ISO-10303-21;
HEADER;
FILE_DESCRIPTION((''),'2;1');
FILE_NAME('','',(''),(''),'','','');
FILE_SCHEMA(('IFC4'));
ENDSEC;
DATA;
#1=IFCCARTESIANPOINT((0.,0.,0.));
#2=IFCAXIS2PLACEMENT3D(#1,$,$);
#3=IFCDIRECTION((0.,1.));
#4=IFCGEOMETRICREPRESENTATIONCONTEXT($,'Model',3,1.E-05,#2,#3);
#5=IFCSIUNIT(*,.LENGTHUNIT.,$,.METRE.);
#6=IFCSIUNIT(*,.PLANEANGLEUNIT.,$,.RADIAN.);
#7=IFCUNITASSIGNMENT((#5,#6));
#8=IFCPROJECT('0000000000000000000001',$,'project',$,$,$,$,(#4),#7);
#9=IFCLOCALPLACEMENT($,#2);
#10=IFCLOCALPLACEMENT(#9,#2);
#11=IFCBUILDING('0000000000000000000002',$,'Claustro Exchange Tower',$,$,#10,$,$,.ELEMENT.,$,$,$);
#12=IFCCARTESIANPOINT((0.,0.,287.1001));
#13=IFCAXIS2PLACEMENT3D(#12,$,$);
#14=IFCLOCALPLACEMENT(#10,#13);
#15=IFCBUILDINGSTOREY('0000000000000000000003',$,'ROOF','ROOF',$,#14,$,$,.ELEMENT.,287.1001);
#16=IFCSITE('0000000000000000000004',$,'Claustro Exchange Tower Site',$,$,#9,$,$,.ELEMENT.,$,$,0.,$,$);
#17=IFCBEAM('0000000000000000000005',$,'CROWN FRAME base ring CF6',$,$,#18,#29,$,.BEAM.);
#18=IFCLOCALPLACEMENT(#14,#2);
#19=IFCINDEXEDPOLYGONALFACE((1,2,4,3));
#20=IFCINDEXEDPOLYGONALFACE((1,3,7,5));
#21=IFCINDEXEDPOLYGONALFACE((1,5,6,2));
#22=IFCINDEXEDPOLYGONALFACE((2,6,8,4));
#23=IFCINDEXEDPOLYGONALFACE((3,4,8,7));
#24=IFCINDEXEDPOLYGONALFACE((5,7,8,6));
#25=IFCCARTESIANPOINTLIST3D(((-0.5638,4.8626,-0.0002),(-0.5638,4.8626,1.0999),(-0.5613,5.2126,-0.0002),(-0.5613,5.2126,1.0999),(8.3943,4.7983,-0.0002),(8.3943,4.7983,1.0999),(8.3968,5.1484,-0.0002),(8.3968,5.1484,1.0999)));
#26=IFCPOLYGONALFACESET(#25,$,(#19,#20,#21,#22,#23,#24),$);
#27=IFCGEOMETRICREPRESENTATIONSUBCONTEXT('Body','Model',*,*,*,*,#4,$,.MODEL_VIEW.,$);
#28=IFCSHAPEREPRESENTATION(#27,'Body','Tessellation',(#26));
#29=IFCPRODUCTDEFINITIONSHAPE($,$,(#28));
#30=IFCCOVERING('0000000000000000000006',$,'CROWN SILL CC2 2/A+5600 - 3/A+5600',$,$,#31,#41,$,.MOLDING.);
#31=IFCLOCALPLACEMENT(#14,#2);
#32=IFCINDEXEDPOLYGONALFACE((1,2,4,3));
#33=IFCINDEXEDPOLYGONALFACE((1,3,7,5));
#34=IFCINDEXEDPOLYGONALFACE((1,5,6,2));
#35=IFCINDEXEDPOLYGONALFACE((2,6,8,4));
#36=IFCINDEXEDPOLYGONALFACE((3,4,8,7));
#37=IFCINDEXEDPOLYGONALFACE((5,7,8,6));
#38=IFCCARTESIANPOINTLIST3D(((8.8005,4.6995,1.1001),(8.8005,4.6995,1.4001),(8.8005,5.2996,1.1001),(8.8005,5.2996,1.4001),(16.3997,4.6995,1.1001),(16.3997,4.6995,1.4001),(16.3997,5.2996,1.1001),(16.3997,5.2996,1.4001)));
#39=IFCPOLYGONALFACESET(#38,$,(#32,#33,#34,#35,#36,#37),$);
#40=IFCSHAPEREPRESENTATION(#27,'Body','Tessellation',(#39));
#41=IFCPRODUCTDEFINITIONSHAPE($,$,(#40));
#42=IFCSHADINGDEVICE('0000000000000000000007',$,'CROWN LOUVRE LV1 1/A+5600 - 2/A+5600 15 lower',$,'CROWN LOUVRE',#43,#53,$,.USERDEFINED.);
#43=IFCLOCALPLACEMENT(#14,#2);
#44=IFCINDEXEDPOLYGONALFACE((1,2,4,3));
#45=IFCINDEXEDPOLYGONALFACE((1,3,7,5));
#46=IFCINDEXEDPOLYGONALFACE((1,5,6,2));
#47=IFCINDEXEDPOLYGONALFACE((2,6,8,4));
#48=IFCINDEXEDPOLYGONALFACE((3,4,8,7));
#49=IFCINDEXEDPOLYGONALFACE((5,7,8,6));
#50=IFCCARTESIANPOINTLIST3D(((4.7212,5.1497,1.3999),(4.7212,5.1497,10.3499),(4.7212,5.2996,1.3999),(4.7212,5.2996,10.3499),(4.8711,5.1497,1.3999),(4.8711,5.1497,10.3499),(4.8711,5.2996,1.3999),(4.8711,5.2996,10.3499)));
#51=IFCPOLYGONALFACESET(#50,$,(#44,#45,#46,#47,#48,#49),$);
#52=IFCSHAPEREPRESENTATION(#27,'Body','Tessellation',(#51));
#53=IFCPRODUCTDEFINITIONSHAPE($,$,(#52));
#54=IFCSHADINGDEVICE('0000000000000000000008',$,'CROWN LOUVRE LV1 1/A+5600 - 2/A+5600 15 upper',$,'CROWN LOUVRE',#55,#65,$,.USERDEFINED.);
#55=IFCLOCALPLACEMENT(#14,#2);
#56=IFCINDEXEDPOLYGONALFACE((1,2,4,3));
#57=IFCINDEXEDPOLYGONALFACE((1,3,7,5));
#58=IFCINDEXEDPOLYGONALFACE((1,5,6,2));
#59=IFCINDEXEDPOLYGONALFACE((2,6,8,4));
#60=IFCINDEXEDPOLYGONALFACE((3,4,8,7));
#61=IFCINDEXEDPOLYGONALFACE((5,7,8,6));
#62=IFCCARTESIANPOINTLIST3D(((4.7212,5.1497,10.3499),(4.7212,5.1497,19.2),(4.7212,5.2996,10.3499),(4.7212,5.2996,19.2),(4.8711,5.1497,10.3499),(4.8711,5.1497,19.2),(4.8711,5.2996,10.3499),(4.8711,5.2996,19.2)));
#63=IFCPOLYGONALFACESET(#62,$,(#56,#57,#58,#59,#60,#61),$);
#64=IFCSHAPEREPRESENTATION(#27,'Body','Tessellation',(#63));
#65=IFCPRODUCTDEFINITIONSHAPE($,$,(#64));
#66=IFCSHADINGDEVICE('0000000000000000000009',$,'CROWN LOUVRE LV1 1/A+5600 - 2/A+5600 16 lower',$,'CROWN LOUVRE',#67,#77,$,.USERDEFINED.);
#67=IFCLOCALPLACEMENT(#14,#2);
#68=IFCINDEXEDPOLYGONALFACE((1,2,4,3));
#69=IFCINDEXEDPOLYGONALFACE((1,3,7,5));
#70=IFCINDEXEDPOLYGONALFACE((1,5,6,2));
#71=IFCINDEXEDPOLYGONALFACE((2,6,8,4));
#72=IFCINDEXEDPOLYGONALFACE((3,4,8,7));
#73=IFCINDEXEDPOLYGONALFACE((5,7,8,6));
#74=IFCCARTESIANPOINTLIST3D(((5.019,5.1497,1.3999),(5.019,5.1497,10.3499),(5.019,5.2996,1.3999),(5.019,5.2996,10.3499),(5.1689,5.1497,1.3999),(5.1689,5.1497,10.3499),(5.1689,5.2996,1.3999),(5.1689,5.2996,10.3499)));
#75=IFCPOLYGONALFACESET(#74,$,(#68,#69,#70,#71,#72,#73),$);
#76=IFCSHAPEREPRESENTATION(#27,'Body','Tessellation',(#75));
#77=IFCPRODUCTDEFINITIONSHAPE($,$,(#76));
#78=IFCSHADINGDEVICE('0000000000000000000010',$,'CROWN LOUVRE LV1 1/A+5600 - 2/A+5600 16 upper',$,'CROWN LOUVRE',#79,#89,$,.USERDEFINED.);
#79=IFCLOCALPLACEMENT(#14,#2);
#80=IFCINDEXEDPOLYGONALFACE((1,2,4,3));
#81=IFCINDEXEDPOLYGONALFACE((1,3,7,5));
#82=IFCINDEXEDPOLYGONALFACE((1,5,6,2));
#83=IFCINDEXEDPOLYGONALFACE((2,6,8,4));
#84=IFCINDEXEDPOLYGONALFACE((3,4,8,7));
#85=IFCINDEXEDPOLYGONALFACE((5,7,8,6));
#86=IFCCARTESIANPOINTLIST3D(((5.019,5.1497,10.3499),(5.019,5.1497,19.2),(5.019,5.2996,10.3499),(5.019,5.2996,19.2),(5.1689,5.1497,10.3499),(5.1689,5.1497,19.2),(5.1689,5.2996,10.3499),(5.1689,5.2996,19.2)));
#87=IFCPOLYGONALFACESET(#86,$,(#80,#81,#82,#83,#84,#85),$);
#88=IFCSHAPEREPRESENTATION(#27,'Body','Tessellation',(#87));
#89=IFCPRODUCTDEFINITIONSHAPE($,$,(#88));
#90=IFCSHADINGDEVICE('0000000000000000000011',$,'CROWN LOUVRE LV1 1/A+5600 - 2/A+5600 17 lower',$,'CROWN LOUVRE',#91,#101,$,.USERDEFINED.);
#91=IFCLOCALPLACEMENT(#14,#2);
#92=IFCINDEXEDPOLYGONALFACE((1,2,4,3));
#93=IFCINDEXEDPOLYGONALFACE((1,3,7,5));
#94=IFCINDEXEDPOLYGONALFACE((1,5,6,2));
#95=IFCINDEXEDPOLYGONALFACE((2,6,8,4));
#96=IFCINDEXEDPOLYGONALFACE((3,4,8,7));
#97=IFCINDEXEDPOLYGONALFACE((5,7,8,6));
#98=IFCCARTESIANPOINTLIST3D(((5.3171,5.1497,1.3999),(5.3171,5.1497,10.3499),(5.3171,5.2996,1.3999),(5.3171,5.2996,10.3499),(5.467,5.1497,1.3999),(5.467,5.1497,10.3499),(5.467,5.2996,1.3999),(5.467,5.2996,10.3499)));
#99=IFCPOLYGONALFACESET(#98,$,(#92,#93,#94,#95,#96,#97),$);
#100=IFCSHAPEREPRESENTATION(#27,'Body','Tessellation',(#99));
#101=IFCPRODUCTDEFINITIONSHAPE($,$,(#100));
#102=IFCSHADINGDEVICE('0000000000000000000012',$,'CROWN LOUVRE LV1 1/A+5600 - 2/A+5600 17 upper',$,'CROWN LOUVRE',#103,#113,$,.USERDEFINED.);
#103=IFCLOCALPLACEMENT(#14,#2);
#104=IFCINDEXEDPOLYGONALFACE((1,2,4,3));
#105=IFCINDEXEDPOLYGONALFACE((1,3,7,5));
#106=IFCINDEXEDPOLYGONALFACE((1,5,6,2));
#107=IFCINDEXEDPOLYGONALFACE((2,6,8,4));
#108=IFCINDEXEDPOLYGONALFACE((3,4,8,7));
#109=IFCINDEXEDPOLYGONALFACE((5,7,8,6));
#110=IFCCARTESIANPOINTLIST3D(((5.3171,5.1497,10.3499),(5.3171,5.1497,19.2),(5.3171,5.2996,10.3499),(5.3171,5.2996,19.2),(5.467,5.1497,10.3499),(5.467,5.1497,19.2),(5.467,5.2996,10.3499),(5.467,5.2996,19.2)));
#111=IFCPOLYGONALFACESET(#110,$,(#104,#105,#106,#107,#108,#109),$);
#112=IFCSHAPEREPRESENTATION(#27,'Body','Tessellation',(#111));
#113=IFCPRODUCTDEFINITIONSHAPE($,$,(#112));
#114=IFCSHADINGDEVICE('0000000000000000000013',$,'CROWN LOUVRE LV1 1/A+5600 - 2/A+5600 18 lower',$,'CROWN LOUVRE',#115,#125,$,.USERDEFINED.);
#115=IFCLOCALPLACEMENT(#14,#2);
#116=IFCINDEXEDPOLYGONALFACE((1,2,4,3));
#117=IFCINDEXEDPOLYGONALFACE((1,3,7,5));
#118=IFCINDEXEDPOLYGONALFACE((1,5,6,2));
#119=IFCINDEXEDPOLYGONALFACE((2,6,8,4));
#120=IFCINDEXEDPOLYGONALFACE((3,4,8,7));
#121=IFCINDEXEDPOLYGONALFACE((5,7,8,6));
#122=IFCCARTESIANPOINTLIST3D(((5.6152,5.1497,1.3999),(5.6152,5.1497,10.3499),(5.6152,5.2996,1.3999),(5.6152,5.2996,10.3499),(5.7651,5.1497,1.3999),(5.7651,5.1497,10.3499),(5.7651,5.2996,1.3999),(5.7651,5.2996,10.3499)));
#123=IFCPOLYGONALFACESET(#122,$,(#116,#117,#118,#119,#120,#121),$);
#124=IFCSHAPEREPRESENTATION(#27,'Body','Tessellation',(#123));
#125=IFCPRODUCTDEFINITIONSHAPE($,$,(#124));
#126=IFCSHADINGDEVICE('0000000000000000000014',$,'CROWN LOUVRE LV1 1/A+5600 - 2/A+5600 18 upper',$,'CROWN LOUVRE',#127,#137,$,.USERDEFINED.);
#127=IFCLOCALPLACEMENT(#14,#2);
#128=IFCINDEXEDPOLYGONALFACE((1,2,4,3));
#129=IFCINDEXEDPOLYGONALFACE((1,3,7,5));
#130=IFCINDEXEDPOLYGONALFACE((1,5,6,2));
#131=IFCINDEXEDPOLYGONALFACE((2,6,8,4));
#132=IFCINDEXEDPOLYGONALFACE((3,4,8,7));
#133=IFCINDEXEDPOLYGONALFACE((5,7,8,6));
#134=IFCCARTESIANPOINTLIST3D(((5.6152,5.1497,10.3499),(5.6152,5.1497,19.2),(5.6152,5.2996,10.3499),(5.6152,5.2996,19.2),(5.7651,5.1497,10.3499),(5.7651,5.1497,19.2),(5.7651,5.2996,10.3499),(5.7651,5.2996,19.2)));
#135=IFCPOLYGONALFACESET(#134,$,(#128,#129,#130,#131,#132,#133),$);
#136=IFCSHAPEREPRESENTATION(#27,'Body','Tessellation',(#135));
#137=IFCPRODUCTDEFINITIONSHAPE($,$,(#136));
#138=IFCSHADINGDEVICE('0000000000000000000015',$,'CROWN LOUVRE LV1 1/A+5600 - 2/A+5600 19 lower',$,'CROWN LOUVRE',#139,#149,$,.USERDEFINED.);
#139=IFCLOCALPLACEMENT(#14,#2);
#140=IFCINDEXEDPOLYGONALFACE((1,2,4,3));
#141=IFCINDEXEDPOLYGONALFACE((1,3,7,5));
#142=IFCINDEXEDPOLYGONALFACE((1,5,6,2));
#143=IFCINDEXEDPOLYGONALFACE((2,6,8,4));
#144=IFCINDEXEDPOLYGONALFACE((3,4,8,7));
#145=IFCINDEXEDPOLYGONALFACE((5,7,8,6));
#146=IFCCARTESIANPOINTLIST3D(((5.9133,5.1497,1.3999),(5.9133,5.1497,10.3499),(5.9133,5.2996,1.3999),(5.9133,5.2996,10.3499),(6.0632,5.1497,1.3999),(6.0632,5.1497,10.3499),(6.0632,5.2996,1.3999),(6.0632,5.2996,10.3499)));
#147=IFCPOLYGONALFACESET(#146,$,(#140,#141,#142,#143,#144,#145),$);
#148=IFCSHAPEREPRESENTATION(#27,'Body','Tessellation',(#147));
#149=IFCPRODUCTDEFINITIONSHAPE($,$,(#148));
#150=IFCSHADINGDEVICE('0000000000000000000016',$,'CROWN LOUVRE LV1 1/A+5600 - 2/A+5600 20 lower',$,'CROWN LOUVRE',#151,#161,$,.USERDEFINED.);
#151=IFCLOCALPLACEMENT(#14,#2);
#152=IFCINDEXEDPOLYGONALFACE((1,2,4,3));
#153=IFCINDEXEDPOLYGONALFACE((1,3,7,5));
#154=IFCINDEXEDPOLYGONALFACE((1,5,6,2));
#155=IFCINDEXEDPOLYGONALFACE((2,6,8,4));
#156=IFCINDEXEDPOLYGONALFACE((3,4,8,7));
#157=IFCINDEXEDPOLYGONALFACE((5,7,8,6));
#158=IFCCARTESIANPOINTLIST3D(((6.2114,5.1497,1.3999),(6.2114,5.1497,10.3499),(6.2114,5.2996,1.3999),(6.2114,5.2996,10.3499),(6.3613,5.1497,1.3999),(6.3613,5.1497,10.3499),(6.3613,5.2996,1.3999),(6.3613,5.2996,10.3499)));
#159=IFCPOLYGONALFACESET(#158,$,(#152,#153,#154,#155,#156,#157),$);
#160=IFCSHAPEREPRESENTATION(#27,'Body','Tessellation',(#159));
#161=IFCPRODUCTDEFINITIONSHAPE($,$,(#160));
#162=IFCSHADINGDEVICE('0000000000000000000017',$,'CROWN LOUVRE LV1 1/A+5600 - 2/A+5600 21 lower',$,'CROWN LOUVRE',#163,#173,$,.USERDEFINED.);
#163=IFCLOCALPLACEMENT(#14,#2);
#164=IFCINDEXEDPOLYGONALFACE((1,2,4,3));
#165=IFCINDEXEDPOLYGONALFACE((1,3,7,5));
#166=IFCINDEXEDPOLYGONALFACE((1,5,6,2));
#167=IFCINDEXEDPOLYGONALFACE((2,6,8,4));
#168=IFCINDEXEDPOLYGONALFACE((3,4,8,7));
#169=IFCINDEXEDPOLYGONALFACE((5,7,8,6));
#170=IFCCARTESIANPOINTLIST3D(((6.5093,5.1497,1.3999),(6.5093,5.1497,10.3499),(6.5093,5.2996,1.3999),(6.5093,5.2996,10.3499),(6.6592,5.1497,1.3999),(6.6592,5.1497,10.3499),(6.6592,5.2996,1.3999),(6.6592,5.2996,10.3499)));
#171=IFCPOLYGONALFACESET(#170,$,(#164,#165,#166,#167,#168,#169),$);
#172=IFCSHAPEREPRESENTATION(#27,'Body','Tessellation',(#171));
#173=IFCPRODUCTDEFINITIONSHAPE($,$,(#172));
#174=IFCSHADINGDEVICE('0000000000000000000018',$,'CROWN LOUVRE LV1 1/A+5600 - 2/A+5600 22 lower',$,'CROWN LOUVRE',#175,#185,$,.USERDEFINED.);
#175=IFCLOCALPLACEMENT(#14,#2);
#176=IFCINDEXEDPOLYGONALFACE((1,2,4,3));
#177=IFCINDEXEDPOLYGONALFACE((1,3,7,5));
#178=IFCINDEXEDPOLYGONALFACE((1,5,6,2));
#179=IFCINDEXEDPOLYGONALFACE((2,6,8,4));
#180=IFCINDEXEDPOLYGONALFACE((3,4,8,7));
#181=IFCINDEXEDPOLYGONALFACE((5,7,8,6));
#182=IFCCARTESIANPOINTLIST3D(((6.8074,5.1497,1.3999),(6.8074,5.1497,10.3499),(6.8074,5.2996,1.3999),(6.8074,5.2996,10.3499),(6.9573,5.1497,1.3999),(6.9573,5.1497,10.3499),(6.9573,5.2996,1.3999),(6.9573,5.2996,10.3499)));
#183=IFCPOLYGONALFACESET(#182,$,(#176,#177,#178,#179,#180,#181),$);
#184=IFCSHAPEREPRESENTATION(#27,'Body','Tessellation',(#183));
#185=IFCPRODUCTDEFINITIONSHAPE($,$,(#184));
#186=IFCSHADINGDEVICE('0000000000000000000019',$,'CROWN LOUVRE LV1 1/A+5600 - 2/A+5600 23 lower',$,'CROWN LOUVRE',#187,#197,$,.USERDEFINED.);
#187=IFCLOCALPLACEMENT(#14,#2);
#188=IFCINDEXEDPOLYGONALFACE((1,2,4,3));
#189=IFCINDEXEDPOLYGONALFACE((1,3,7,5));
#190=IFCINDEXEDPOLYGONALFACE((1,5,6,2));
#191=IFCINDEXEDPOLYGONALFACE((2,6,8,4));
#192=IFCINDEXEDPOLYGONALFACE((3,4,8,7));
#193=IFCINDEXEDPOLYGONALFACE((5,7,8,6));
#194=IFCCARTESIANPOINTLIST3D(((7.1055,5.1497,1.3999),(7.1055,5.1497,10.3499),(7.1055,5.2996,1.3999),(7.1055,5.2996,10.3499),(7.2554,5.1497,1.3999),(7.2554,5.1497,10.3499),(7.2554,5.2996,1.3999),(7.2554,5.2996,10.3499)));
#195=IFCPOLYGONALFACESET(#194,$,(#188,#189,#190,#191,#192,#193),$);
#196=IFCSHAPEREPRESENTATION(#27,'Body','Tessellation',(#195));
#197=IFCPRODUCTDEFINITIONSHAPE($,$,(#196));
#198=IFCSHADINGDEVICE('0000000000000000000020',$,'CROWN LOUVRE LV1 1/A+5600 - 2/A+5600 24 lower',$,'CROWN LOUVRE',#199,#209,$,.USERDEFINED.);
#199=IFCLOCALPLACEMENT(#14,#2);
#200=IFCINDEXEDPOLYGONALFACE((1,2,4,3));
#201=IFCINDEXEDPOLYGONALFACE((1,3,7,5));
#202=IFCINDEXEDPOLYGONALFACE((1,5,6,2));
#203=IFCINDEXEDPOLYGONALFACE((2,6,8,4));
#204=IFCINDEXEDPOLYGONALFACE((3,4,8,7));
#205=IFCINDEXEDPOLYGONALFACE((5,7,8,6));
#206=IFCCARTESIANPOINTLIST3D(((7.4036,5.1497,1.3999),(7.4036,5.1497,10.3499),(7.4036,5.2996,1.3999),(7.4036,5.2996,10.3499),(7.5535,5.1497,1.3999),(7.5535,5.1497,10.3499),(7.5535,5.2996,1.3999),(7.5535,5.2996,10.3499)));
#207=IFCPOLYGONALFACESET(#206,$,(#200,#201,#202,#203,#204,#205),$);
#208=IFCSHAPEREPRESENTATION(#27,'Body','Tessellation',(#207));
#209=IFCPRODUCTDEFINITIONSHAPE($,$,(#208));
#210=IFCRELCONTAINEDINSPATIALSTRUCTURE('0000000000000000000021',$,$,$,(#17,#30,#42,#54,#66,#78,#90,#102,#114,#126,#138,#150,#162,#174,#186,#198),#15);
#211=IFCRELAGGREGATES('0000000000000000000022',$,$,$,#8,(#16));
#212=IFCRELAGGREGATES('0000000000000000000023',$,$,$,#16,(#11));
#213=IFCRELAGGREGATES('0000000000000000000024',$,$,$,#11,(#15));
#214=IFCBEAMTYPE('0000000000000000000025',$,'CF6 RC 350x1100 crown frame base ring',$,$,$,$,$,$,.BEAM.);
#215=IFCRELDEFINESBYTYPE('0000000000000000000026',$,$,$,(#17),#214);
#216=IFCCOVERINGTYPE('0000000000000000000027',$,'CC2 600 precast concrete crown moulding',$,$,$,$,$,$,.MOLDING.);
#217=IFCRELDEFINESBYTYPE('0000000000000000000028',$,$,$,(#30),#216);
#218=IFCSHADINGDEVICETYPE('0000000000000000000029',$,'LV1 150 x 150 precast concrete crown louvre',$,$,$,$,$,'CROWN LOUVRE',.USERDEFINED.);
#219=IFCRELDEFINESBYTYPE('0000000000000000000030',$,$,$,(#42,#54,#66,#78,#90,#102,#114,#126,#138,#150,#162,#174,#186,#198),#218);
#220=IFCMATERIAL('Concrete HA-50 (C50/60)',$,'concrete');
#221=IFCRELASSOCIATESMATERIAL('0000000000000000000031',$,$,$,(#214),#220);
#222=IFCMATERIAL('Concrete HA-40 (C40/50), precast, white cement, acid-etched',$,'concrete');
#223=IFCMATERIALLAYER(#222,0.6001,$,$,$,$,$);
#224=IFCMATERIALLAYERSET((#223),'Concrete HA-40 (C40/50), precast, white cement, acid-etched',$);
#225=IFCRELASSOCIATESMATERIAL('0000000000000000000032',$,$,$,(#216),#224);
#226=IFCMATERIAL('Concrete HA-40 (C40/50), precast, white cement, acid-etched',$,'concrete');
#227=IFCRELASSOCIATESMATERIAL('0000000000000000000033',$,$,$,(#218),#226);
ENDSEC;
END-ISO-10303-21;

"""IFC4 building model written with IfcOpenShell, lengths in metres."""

from ifc_helpers import new_model, si_unit, direction, frame, origin, origin_2d, place, context, subcontext, project, spatial, rectangle, extrude, material, layer, layer_set, material_profile, profile_set, type_object, element, save


model = new_model("IFC4")

# Units and contexts
model_context = context("Model", 3, precision=1e-05, world=origin(), true_north=direction((0.0, 1.0)))
body_context = subcontext(model_context, "Body", "Model", "MODEL_VIEW")
ifc_project = project(units=[si_unit("LENGTHUNIT", "METRE"), si_unit("PLANEANGLEUNIT", "RADIAN")], contexts=[model_context])

# Site, building, storey
site_placement = place(None, origin())
site = spatial("IfcSite", under=ifc_project, at=site_placement, Name="Claustro Exchange Tower Site", CompositionType="ELEMENT", RefElevation=0.0)
building_placement = place(site_placement, origin())
building = spatial("IfcBuilding", under=site, at=building_placement, Name="Claustro Exchange Tower", CompositionType="ELEMENT")
storey_placement = place(building_placement, frame((0.0, 0.0, 287.1001)))
storey = spatial("IfcBuildingStorey", under=building, at=storey_placement, Name="ROOF", Description="ROOF", CompositionType="ELEMENT", Elevation=287.1001)

# Beam
ifc_material_1 = material(Name="Concrete HA-50 (C50/60)", Category="concrete")
ifc_material_profile = material_profile(ifc_material_1, rectangle(XDim=0.3501, YDim=1.1001, at=origin_2d()), Name="RC 350x1100")
ifc_profile_set = profile_set([ifc_material_profile], Name="Concrete HA-50 (C50/60)")
beam_type = type_object("IfcBeamType", Name="CF6 RC 350x1100 crown frame base ring", PredefinedType="BEAM", material=ifc_profile_set)
beam_placement = place(storey_placement, frame((8.3955, 4.9734, 0.5498), z_axis=(-0.999974, 0.007168, 0.0), x_axis=(-0.007168, -0.999974, 0.0)))
element("IfcBeam", 1, at=beam_placement, inside=storey, type_object=beam_type, Name="CROWN FRAME base ring CF6", PredefinedType="BEAM", context=body_context, shape_type="SweptSolid", body=[
    extrude(rectangle(XDim=0.3501, YDim=1.1001, at=origin_2d()), origin(), (0.0, 0.0, 1.0), 8.9583),
])

# Covering
ifc_material_2 = material(Name="Concrete HA-40 (C40/50), precast, white cement, acid-etched", Category="concrete")
ifc_layer = layer(ifc_material_2, 0.6001)
ifc_layer_set = layer_set([ifc_layer], Name="Concrete HA-40 (C40/50), precast, white cement, acid-etched")
covering_type = type_object("IfcCoveringType", Name="CC2 600 precast concrete crown moulding", PredefinedType="MOLDING", material=ifc_layer_set)
covering_placement = place(storey_placement, frame((12.6001, 4.9995, 1.1001), z_axis=(0.0, 0.0, 1.0), x_axis=(1.0, 0.0, 0.0)))
element("IfcCovering", 2, at=covering_placement, inside=storey, type_object=covering_type, Name="CROWN SILL CC2 2/A+5600 - 3/A+5600", PredefinedType="MOLDING", context=body_context, shape_type="SweptSolid", body=[
    extrude(rectangle(XDim=7.5991, YDim=0.6001, at=origin_2d()), origin(), (0.0, 0.0, 1.0), 0.3),
])

# Shading devices
ifc_material_3 = material(Name="Concrete HA-40 (C40/50), precast, white cement, acid-etched", Category="concrete")
shading_device_type = type_object("IfcShadingDeviceType", Name="LV1 150 x 150 precast concrete crown louvre", ElementType="CROWN LOUVRE", PredefinedType="USERDEFINED", material=ifc_material_3)
shading_device_1_placement = place(storey_placement, frame((4.7961, 5.2246, 1.3999), z_axis=(0.0, 0.0, 1.0), x_axis=(1.0, 0.0, 0.0)))
element("IfcShadingDevice", 3, at=shading_device_1_placement, inside=storey, type_object=shading_device_type, Name="CROWN LOUVRE LV1 1/A+5600 - 2/A+5600 15 lower", ObjectType="CROWN LOUVRE", PredefinedType="USERDEFINED", context=body_context, shape_type="SweptSolid", body=[
    extrude(rectangle(XDim=0.1499, YDim=0.1499, at=origin_2d()), origin(), (0.0, 0.0, 1.0), 8.95),
])
shading_device_2_placement = place(storey_placement, frame((4.7961, 5.2246, 10.3499), z_axis=(0.0, 0.0, 1.0), x_axis=(1.0, 0.0, 0.0)))
element("IfcShadingDevice", 4, at=shading_device_2_placement, inside=storey, type_object=shading_device_type, Name="CROWN LOUVRE LV1 1/A+5600 - 2/A+5600 15 upper", ObjectType="CROWN LOUVRE", PredefinedType="USERDEFINED", context=body_context, shape_type="SweptSolid", body=[
    extrude(rectangle(XDim=0.1499, YDim=0.1499, at=origin_2d()), origin(), (0.0, 0.0, 1.0), 8.8501),
])
shading_device_3_placement = place(storey_placement, frame((5.094, 5.2246, 1.3999), z_axis=(0.0, 0.0, 1.0), x_axis=(1.0, 0.0, 0.0)))
element("IfcShadingDevice", 5, at=shading_device_3_placement, inside=storey, type_object=shading_device_type, Name="CROWN LOUVRE LV1 1/A+5600 - 2/A+5600 16 lower", ObjectType="CROWN LOUVRE", PredefinedType="USERDEFINED", context=body_context, shape_type="SweptSolid", body=[
    extrude(rectangle(XDim=0.1499, YDim=0.1499, at=origin_2d()), origin(), (0.0, 0.0, 1.0), 8.95),
])
shading_device_4_placement = place(storey_placement, frame((5.094, 5.2246, 10.3499), z_axis=(0.0, 0.0, 1.0), x_axis=(1.0, 0.0, 0.0)))
element("IfcShadingDevice", 6, at=shading_device_4_placement, inside=storey, type_object=shading_device_type, Name="CROWN LOUVRE LV1 1/A+5600 - 2/A+5600 16 upper", ObjectType="CROWN LOUVRE", PredefinedType="USERDEFINED", context=body_context, shape_type="SweptSolid", body=[
    extrude(rectangle(XDim=0.1499, YDim=0.1499, at=origin_2d()), origin(), (0.0, 0.0, 1.0), 8.8501),
])
shading_device_5_placement = place(storey_placement, frame((5.3921, 5.2246, 1.3999), z_axis=(0.0, 0.0, 1.0), x_axis=(1.0, 0.0, 0.0)))
element("IfcShadingDevice", 7, at=shading_device_5_placement, inside=storey, type_object=shading_device_type, Name="CROWN LOUVRE LV1 1/A+5600 - 2/A+5600 17 lower", ObjectType="CROWN LOUVRE", PredefinedType="USERDEFINED", context=body_context, shape_type="SweptSolid", body=[
    extrude(rectangle(XDim=0.1499, YDim=0.1499, at=origin_2d()), origin(), (0.0, 0.0, 1.0), 8.95),
])
shading_device_6_placement = place(storey_placement, frame((5.3921, 5.2246, 10.3499), z_axis=(0.0, 0.0, 1.0), x_axis=(1.0, 0.0, 0.0)))
element("IfcShadingDevice", 8, at=shading_device_6_placement, inside=storey, type_object=shading_device_type, Name="CROWN LOUVRE LV1 1/A+5600 - 2/A+5600 17 upper", ObjectType="CROWN LOUVRE", PredefinedType="USERDEFINED", context=body_context, shape_type="SweptSolid", body=[
    extrude(rectangle(XDim=0.1499, YDim=0.1499, at=origin_2d()), origin(), (0.0, 0.0, 1.0), 8.8501),
])
shading_device_7_placement = place(storey_placement, frame((5.6902, 5.2246, 1.3999), z_axis=(0.0, 0.0, 1.0), x_axis=(1.0, 0.0, 0.0)))
element("IfcShadingDevice", 9, at=shading_device_7_placement, inside=storey, type_object=shading_device_type, Name="CROWN LOUVRE LV1 1/A+5600 - 2/A+5600 18 lower", ObjectType="CROWN LOUVRE", PredefinedType="USERDEFINED", context=body_context, shape_type="SweptSolid", body=[
    extrude(rectangle(XDim=0.1499, YDim=0.1499, at=origin_2d()), origin(), (0.0, 0.0, 1.0), 8.95),
])
shading_device_8_placement = place(storey_placement, frame((5.6902, 5.2246, 10.3499), z_axis=(0.0, 0.0, 1.0), x_axis=(1.0, 0.0, 0.0)))
element("IfcShadingDevice", 10, at=shading_device_8_placement, inside=storey, type_object=shading_device_type, Name="CROWN LOUVRE LV1 1/A+5600 - 2/A+5600 18 upper", ObjectType="CROWN LOUVRE", PredefinedType="USERDEFINED", context=body_context, shape_type="SweptSolid", body=[
    extrude(rectangle(XDim=0.1499, YDim=0.1499, at=origin_2d()), origin(), (0.0, 0.0, 1.0), 8.8501),
])
for number, where, z_axis, x_axis, name in (
    (11, (5.9883, 5.2246, 1.3999), (0.0, 0.0, 1.0), (1.0, 0.0, 0.0), "CROWN LOUVRE LV1 1/A+5600 - 2/A+5600 19 lower"),
    (12, (6.2864, 5.2246, 1.3999), (0.0, 0.0, 1.0), (1.0, 0.0, 0.0), "CROWN LOUVRE LV1 1/A+5600 - 2/A+5600 20 lower"),
    (13, (6.5842, 5.2246, 1.3999), (0.0, 0.0, 1.0), (1.0, 0.0, 0.0), "CROWN LOUVRE LV1 1/A+5600 - 2/A+5600 21 lower"),
    (14, (6.8823, 5.2246, 1.3999), (0.0, 0.0, 1.0), (1.0, 0.0, 0.0), "CROWN LOUVRE LV1 1/A+5600 - 2/A+5600 22 lower"),
    (15, (7.1804, 5.2246, 1.3999), (0.0, 0.0, 1.0), (1.0, 0.0, 0.0), "CROWN LOUVRE LV1 1/A+5600 - 2/A+5600 23 lower"),
    (16, (7.4785, 5.2246, 1.3999), (0.0, 0.0, 1.0), (1.0, 0.0, 0.0), "CROWN LOUVRE LV1 1/A+5600 - 2/A+5600 24 lower"),
):
    element("IfcShadingDevice", number, at=place(storey_placement, frame(where, z_axis=z_axis, x_axis=x_axis)), inside=storey, type_object=shading_device_type, Name=name, ObjectType="CROWN LOUVRE", PredefinedType="USERDEFINED", context=body_context, shape_type="SweptSolid", body=[
        extrude(rectangle(XDim=0.1499, YDim=0.1499, at=origin_2d()), origin(), (0.0, 0.0, 1.0), 8.95),
    ])

save(model, "model.ifc")
